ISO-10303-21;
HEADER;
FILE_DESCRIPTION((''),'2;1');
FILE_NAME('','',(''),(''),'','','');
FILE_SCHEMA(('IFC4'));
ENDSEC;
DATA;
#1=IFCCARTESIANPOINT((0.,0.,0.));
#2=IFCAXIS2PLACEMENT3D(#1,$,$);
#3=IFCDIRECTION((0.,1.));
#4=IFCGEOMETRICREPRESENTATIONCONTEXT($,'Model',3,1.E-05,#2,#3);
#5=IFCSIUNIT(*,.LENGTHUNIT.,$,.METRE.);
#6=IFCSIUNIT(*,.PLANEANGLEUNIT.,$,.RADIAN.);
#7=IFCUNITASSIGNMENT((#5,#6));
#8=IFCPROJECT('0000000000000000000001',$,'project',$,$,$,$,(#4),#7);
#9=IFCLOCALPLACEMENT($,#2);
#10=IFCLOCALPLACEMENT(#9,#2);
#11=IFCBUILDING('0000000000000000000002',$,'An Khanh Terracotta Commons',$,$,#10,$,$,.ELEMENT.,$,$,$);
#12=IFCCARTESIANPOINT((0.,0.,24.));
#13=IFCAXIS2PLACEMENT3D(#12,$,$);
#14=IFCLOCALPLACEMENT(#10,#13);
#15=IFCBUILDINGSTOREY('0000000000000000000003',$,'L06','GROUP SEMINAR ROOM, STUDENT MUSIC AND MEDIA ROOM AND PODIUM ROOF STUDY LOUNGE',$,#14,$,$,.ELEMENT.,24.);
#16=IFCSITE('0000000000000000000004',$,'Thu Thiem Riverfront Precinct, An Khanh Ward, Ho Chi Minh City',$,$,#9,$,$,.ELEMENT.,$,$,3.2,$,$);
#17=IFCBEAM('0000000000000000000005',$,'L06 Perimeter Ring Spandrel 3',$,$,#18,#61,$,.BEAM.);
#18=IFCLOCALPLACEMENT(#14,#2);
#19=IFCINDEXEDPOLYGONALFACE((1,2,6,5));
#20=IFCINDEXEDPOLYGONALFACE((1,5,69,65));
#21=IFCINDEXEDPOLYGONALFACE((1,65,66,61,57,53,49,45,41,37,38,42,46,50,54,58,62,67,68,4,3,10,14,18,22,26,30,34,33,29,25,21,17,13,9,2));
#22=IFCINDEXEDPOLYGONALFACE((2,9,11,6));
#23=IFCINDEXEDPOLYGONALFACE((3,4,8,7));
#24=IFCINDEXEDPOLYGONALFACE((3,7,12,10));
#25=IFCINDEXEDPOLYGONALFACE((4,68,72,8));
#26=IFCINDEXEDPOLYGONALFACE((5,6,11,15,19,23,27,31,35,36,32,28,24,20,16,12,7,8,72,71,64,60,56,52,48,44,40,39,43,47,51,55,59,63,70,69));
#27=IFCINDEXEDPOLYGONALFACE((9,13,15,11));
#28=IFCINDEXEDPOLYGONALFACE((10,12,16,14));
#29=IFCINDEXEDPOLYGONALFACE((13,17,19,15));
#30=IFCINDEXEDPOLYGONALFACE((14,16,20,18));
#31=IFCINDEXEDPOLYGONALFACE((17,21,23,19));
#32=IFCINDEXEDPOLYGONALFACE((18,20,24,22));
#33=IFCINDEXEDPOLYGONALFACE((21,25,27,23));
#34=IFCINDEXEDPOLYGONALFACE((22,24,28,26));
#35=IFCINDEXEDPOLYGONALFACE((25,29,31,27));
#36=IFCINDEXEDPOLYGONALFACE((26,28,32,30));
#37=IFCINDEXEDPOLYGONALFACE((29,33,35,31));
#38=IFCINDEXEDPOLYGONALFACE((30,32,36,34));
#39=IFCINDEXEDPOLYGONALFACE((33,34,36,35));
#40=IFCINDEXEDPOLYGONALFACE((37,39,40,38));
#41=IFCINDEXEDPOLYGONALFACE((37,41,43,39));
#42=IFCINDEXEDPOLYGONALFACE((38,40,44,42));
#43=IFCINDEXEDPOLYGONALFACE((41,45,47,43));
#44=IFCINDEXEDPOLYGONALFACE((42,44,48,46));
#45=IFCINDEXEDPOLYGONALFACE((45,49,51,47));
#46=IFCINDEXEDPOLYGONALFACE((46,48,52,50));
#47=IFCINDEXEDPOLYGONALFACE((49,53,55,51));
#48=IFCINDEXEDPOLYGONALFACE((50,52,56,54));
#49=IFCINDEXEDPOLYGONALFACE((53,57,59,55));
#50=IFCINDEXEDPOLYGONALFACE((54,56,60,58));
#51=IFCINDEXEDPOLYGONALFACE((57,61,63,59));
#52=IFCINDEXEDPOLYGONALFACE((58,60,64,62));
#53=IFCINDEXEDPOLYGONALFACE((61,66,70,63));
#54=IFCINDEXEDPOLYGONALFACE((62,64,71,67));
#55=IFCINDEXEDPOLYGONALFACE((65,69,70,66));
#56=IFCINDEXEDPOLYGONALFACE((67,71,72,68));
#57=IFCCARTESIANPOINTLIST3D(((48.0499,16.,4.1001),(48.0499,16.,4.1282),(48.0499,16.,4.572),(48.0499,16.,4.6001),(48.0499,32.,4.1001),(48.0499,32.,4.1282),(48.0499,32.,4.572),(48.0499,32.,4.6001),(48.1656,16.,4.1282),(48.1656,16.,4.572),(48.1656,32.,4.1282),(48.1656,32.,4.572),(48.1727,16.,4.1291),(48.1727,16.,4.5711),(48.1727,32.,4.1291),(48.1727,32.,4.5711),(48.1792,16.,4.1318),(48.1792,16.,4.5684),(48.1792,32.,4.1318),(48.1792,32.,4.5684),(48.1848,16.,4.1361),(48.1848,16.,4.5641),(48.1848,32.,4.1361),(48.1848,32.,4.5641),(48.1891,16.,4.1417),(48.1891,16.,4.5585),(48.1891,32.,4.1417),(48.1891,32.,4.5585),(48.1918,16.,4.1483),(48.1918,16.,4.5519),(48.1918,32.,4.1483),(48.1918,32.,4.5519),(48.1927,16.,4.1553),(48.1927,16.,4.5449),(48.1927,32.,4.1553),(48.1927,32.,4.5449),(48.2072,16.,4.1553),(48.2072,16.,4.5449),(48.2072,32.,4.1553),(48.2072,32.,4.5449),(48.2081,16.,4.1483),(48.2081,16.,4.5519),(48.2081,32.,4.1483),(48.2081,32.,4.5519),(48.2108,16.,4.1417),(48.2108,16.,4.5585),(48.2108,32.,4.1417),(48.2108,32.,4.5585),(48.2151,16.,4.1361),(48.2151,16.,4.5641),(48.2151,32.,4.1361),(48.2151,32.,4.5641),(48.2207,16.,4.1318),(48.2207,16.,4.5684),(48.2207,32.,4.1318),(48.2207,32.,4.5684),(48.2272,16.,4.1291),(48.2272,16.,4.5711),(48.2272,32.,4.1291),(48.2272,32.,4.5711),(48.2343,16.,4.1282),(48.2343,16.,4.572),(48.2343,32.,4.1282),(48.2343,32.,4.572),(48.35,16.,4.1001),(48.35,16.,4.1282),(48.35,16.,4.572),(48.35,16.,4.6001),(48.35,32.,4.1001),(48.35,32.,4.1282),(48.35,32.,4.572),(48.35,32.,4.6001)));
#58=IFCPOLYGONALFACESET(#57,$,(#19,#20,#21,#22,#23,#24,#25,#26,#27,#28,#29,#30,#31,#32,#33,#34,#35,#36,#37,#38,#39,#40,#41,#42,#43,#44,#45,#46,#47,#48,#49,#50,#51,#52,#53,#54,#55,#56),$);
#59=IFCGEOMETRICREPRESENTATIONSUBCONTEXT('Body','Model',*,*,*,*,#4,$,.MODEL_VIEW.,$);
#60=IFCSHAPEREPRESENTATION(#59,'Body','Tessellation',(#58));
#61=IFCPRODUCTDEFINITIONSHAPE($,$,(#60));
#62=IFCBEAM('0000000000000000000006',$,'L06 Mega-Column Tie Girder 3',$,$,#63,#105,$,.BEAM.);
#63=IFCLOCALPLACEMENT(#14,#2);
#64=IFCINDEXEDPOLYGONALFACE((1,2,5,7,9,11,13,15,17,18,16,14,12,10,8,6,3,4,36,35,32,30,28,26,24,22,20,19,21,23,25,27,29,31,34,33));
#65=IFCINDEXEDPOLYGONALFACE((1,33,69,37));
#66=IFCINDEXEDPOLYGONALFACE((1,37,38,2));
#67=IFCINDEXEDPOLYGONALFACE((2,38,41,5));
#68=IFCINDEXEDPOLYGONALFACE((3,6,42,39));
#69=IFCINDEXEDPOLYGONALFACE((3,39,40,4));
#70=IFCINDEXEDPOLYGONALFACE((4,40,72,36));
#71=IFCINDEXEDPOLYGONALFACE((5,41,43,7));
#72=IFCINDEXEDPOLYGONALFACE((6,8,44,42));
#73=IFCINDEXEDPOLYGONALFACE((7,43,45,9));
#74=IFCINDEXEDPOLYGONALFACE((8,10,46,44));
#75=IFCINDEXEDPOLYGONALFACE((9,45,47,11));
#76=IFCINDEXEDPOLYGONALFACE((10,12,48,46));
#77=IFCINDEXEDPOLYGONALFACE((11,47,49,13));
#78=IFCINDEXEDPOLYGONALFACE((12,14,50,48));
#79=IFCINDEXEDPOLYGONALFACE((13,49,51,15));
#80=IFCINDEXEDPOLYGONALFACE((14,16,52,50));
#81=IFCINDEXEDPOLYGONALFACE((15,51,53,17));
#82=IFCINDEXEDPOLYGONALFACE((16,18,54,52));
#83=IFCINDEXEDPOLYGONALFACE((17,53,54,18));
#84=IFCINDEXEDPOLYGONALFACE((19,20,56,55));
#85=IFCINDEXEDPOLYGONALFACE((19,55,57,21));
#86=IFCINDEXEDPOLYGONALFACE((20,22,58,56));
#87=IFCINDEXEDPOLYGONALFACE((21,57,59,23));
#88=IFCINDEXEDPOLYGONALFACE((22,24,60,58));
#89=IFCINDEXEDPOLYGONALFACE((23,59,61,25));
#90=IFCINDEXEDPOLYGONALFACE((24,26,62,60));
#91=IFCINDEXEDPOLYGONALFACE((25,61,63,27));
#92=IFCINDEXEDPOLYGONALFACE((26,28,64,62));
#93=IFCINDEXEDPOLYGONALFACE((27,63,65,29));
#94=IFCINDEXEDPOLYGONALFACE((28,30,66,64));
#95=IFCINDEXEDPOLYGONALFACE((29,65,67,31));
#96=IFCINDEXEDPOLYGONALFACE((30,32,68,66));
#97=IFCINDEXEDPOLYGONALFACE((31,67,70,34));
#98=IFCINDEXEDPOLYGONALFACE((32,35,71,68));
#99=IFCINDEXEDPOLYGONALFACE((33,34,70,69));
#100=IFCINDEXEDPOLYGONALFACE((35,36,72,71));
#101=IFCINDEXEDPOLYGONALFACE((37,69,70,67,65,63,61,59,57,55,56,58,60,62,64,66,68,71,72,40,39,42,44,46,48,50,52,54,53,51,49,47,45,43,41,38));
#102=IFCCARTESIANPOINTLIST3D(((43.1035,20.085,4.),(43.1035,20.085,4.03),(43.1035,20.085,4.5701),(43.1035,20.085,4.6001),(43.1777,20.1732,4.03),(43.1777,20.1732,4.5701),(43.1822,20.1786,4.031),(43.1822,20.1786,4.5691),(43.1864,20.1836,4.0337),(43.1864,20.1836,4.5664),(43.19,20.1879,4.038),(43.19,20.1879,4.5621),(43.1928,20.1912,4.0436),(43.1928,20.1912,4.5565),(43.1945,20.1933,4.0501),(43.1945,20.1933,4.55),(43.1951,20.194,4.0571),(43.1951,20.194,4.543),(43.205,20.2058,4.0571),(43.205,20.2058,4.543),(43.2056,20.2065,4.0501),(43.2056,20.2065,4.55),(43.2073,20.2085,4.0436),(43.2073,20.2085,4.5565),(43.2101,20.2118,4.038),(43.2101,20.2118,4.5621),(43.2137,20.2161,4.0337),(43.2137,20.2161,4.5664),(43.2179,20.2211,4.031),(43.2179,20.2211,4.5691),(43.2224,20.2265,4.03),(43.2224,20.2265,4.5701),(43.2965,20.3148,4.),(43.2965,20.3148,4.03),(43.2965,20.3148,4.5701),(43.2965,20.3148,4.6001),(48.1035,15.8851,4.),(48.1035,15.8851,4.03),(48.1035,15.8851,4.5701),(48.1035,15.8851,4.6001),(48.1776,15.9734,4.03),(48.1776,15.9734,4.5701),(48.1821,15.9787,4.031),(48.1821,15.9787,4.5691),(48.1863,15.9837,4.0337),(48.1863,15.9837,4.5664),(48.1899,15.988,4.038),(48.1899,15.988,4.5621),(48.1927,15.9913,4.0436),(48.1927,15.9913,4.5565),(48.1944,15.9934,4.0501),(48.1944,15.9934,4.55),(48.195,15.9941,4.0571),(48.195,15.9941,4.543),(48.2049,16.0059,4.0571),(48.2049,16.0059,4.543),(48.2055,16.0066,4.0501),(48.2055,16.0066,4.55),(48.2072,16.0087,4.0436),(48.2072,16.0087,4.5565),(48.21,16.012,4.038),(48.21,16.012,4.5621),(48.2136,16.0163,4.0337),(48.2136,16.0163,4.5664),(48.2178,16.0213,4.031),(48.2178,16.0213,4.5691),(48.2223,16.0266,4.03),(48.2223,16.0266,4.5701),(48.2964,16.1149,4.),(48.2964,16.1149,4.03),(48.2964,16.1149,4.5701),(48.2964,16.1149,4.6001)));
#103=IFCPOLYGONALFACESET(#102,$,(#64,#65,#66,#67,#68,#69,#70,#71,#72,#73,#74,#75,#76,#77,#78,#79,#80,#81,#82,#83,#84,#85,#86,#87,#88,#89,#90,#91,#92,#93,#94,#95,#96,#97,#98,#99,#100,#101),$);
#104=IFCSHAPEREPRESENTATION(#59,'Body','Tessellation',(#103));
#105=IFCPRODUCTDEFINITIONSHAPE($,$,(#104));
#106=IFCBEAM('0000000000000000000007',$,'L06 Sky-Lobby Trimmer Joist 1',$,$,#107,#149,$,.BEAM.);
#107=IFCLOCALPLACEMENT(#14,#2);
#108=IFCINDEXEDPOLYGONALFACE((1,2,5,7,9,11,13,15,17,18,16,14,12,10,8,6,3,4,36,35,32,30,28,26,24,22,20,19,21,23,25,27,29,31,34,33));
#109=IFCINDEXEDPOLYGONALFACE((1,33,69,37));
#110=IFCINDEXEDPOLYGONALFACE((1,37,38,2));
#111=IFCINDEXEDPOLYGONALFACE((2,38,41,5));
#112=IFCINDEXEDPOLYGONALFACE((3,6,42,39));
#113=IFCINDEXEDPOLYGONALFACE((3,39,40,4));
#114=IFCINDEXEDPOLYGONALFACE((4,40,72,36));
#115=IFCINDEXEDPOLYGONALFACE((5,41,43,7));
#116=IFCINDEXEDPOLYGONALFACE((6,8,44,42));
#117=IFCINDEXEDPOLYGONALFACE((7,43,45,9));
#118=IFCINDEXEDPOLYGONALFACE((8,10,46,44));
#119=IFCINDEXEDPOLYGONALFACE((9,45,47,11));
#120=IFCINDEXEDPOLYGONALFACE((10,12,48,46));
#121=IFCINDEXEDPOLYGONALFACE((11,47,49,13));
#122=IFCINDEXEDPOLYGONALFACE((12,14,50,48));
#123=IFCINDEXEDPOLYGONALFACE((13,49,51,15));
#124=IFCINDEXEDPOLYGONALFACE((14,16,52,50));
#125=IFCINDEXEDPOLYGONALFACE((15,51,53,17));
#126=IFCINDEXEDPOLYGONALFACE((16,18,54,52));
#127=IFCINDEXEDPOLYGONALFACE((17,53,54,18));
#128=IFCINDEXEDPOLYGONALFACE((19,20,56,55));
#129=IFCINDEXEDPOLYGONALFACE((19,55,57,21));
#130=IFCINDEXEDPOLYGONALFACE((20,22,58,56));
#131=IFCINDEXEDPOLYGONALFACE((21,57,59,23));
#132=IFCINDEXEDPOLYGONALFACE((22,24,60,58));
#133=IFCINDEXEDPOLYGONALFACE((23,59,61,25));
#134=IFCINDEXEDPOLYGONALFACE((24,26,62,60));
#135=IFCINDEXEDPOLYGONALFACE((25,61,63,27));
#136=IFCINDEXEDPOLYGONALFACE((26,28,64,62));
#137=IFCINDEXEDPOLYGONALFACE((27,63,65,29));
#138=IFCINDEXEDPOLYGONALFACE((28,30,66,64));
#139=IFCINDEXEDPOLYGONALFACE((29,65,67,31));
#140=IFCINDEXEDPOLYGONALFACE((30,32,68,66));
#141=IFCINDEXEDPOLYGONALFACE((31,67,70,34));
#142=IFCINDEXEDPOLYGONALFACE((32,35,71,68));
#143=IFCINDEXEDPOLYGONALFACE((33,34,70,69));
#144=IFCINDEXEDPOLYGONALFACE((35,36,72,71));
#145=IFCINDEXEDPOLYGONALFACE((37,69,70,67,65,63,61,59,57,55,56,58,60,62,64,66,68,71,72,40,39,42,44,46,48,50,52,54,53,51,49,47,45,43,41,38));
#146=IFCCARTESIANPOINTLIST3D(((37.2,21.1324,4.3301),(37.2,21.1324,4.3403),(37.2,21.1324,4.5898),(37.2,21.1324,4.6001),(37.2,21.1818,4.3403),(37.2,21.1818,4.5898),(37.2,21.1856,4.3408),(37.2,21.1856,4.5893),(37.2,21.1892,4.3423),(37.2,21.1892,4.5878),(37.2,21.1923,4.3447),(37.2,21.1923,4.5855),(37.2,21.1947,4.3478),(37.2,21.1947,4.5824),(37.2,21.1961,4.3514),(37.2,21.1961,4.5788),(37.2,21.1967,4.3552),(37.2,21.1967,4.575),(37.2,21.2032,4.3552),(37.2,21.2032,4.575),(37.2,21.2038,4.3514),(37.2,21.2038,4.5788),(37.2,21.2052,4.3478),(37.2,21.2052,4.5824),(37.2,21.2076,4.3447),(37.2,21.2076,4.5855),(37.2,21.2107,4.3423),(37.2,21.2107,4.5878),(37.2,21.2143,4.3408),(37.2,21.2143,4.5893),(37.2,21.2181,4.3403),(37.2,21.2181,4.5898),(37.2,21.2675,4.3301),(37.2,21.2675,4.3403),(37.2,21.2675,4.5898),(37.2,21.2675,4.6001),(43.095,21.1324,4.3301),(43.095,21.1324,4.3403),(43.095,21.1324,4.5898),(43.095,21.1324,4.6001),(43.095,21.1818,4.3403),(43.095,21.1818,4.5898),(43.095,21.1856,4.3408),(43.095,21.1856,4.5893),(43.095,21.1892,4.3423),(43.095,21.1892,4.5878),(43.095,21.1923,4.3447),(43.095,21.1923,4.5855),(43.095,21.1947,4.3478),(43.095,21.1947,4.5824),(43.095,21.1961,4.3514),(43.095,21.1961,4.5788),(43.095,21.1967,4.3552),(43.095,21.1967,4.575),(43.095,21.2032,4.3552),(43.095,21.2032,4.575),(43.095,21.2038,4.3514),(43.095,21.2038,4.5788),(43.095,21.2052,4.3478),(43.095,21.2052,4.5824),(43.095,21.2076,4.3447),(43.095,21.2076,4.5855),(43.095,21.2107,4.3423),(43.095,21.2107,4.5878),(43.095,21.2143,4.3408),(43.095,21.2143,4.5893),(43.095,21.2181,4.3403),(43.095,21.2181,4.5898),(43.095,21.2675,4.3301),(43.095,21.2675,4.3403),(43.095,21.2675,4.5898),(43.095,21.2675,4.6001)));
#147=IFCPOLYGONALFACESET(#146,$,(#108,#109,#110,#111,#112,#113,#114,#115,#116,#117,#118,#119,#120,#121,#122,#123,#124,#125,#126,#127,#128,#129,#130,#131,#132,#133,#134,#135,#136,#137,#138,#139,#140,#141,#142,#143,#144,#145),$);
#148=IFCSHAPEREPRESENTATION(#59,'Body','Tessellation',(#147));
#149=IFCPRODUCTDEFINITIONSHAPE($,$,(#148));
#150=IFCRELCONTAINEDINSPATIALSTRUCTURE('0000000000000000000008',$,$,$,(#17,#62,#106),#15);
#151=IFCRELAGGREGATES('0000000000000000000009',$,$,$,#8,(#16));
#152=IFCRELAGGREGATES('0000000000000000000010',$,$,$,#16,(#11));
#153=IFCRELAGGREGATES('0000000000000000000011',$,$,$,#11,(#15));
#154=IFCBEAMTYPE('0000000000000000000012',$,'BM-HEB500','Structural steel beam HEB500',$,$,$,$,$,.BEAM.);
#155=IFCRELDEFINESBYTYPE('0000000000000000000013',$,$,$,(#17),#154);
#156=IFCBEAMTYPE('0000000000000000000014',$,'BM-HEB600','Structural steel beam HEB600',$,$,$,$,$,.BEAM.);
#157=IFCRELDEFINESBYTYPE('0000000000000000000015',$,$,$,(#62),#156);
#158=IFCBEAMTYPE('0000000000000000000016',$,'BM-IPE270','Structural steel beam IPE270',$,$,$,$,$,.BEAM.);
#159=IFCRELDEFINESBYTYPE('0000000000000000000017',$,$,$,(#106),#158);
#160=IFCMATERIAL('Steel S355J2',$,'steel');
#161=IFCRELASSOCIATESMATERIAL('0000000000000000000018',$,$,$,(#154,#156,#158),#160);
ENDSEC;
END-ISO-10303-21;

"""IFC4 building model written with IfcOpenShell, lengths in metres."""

from ifc_helpers import new_model, si_unit, direction, frame, origin, origin_2d, place, context, subcontext, project, spatial, i_section, extrude, material, material_profile, profile_set, type_object, element, save


model = new_model("IFC4")

# Units and contexts
model_context = context("Model", 3, precision=1e-05, world=origin(), true_north=direction((0.0, 1.0)))
body_context = subcontext(model_context, "Body", "Model", "MODEL_VIEW")
ifc_project = project(units=[si_unit("LENGTHUNIT", "METRE"), si_unit("PLANEANGLEUNIT", "RADIAN")], contexts=[model_context])

# Site, building, storey
site_placement = place(None, origin())
site = spatial("IfcSite", under=ifc_project, at=site_placement, Name="Thu Thiem Riverfront Precinct, An Khanh Ward, Ho Chi Minh City", CompositionType="ELEMENT", RefElevation=3.2)
building_placement = place(site_placement, origin())
building = spatial("IfcBuilding", under=site, at=building_placement, Name="An Khanh Terracotta Commons", CompositionType="ELEMENT")
storey_placement = place(building_placement, frame((0.0, 0.0, 24.0)))
storey = spatial("IfcBuildingStorey", under=building, at=storey_placement, Name="L06", Description="GROUP SEMINAR ROOM, STUDENT MUSIC AND MEDIA ROOM AND PODIUM ROOF STUDY LOUNGE", CompositionType="ELEMENT", Elevation=24.0)

# Beams
ifc_material_1 = material(Name="Steel S355J2", Category="steel")
ifc_material_profile_1 = material_profile(ifc_material_1, i_section(OverallWidth=0.3, OverallDepth=0.5, WebThickness=0.0144, FlangeThickness=0.0281, FilletRadius=0.0271, at=origin_2d()), Name="HEB500")
ifc_profile_set_1 = profile_set([ifc_material_profile_1], Name="Steel S355J2")
beam_type_1 = type_object("IfcBeamType", Name="BM-HEB500", Description="Structural steel beam HEB500", PredefinedType="BEAM", material=ifc_profile_set_1)
beam_1_placement = place(storey_placement, frame((48.2, 16.0, 4.3501), z_axis=(0.0, 1.0, 0.0), x_axis=(-1.0, 0.0, 0.0)))
element("IfcBeam", 1, at=beam_1_placement, inside=storey, type_object=beam_type_1, Name="L06 Perimeter Ring Spandrel 3", PredefinedType="BEAM", context=body_context, shape_type="SweptSolid", body=[
    extrude(i_section(OverallWidth=0.3, OverallDepth=0.5, WebThickness=0.0144, FlangeThickness=0.0281, FilletRadius=0.0271, at=origin_2d()), origin(), (0.0, 0.0, 1.0), 16.0),
])
ifc_material_profile_2 = material_profile(ifc_material_1, i_section(OverallWidth=0.3, OverallDepth=0.6001, WebThickness=0.0154, FlangeThickness=0.03, FilletRadius=0.0271, at=origin_2d()), Name="HEB600")
ifc_profile_set_2 = profile_set([ifc_material_profile_2], Name="Steel S355J2")
beam_type_2 = type_object("IfcBeamType", Name="BM-HEB600", Description="Structural steel beam HEB600", PredefinedType="BEAM", material=ifc_profile_set_2)
beam_2_placement = place(storey_placement, frame((48.2, 16.0, 4.3), z_axis=(-0.765709, 0.643188, 0.0), x_axis=(-0.643188, -0.765709, 0.0)))
element("IfcBeam", 2, at=beam_2_placement, inside=storey, type_object=beam_type_2, Name="L06 Mega-Column Tie Girder 3", PredefinedType="BEAM", context=body_context, shape_type="SweptSolid", body=[
    extrude(i_section(OverallWidth=0.3, OverallDepth=0.6001, WebThickness=0.0154, FlangeThickness=0.03, FilletRadius=0.0271, at=origin_2d()), origin(), (0.0, 0.0, 1.0), 6.5298),
])
ifc_material_profile_3 = material_profile(ifc_material_1, i_section(OverallWidth=0.135, OverallDepth=0.27, WebThickness=0.0066, FlangeThickness=0.0103, FilletRadius=0.0149, at=origin_2d()), Name="IPE270")
ifc_profile_set_3 = profile_set([ifc_material_profile_3], Name="Steel S355J2")
beam_type_3 = type_object("IfcBeamType", Name="BM-IPE270", Description="Structural steel beam IPE270", PredefinedType="BEAM", material=ifc_profile_set_3)
beam_3_placement = place(storey_placement, frame((37.2, 21.2, 4.4651), z_axis=(1.0, 0.0, 0.0), x_axis=(0.0, 1.0, 0.0)))
element("IfcBeam", 3, at=beam_3_placement, inside=storey, type_object=beam_type_3, Name="L06 Sky-Lobby Trimmer Joist 1", PredefinedType="BEAM", context=body_context, shape_type="SweptSolid", body=[
    extrude(i_section(OverallWidth=0.135, OverallDepth=0.27, WebThickness=0.0066, FlangeThickness=0.0103, FilletRadius=0.0149, at=origin_2d()), origin(), (0.0, 0.0, 1.0), 5.895),
])

save(model, "model.ifc")
